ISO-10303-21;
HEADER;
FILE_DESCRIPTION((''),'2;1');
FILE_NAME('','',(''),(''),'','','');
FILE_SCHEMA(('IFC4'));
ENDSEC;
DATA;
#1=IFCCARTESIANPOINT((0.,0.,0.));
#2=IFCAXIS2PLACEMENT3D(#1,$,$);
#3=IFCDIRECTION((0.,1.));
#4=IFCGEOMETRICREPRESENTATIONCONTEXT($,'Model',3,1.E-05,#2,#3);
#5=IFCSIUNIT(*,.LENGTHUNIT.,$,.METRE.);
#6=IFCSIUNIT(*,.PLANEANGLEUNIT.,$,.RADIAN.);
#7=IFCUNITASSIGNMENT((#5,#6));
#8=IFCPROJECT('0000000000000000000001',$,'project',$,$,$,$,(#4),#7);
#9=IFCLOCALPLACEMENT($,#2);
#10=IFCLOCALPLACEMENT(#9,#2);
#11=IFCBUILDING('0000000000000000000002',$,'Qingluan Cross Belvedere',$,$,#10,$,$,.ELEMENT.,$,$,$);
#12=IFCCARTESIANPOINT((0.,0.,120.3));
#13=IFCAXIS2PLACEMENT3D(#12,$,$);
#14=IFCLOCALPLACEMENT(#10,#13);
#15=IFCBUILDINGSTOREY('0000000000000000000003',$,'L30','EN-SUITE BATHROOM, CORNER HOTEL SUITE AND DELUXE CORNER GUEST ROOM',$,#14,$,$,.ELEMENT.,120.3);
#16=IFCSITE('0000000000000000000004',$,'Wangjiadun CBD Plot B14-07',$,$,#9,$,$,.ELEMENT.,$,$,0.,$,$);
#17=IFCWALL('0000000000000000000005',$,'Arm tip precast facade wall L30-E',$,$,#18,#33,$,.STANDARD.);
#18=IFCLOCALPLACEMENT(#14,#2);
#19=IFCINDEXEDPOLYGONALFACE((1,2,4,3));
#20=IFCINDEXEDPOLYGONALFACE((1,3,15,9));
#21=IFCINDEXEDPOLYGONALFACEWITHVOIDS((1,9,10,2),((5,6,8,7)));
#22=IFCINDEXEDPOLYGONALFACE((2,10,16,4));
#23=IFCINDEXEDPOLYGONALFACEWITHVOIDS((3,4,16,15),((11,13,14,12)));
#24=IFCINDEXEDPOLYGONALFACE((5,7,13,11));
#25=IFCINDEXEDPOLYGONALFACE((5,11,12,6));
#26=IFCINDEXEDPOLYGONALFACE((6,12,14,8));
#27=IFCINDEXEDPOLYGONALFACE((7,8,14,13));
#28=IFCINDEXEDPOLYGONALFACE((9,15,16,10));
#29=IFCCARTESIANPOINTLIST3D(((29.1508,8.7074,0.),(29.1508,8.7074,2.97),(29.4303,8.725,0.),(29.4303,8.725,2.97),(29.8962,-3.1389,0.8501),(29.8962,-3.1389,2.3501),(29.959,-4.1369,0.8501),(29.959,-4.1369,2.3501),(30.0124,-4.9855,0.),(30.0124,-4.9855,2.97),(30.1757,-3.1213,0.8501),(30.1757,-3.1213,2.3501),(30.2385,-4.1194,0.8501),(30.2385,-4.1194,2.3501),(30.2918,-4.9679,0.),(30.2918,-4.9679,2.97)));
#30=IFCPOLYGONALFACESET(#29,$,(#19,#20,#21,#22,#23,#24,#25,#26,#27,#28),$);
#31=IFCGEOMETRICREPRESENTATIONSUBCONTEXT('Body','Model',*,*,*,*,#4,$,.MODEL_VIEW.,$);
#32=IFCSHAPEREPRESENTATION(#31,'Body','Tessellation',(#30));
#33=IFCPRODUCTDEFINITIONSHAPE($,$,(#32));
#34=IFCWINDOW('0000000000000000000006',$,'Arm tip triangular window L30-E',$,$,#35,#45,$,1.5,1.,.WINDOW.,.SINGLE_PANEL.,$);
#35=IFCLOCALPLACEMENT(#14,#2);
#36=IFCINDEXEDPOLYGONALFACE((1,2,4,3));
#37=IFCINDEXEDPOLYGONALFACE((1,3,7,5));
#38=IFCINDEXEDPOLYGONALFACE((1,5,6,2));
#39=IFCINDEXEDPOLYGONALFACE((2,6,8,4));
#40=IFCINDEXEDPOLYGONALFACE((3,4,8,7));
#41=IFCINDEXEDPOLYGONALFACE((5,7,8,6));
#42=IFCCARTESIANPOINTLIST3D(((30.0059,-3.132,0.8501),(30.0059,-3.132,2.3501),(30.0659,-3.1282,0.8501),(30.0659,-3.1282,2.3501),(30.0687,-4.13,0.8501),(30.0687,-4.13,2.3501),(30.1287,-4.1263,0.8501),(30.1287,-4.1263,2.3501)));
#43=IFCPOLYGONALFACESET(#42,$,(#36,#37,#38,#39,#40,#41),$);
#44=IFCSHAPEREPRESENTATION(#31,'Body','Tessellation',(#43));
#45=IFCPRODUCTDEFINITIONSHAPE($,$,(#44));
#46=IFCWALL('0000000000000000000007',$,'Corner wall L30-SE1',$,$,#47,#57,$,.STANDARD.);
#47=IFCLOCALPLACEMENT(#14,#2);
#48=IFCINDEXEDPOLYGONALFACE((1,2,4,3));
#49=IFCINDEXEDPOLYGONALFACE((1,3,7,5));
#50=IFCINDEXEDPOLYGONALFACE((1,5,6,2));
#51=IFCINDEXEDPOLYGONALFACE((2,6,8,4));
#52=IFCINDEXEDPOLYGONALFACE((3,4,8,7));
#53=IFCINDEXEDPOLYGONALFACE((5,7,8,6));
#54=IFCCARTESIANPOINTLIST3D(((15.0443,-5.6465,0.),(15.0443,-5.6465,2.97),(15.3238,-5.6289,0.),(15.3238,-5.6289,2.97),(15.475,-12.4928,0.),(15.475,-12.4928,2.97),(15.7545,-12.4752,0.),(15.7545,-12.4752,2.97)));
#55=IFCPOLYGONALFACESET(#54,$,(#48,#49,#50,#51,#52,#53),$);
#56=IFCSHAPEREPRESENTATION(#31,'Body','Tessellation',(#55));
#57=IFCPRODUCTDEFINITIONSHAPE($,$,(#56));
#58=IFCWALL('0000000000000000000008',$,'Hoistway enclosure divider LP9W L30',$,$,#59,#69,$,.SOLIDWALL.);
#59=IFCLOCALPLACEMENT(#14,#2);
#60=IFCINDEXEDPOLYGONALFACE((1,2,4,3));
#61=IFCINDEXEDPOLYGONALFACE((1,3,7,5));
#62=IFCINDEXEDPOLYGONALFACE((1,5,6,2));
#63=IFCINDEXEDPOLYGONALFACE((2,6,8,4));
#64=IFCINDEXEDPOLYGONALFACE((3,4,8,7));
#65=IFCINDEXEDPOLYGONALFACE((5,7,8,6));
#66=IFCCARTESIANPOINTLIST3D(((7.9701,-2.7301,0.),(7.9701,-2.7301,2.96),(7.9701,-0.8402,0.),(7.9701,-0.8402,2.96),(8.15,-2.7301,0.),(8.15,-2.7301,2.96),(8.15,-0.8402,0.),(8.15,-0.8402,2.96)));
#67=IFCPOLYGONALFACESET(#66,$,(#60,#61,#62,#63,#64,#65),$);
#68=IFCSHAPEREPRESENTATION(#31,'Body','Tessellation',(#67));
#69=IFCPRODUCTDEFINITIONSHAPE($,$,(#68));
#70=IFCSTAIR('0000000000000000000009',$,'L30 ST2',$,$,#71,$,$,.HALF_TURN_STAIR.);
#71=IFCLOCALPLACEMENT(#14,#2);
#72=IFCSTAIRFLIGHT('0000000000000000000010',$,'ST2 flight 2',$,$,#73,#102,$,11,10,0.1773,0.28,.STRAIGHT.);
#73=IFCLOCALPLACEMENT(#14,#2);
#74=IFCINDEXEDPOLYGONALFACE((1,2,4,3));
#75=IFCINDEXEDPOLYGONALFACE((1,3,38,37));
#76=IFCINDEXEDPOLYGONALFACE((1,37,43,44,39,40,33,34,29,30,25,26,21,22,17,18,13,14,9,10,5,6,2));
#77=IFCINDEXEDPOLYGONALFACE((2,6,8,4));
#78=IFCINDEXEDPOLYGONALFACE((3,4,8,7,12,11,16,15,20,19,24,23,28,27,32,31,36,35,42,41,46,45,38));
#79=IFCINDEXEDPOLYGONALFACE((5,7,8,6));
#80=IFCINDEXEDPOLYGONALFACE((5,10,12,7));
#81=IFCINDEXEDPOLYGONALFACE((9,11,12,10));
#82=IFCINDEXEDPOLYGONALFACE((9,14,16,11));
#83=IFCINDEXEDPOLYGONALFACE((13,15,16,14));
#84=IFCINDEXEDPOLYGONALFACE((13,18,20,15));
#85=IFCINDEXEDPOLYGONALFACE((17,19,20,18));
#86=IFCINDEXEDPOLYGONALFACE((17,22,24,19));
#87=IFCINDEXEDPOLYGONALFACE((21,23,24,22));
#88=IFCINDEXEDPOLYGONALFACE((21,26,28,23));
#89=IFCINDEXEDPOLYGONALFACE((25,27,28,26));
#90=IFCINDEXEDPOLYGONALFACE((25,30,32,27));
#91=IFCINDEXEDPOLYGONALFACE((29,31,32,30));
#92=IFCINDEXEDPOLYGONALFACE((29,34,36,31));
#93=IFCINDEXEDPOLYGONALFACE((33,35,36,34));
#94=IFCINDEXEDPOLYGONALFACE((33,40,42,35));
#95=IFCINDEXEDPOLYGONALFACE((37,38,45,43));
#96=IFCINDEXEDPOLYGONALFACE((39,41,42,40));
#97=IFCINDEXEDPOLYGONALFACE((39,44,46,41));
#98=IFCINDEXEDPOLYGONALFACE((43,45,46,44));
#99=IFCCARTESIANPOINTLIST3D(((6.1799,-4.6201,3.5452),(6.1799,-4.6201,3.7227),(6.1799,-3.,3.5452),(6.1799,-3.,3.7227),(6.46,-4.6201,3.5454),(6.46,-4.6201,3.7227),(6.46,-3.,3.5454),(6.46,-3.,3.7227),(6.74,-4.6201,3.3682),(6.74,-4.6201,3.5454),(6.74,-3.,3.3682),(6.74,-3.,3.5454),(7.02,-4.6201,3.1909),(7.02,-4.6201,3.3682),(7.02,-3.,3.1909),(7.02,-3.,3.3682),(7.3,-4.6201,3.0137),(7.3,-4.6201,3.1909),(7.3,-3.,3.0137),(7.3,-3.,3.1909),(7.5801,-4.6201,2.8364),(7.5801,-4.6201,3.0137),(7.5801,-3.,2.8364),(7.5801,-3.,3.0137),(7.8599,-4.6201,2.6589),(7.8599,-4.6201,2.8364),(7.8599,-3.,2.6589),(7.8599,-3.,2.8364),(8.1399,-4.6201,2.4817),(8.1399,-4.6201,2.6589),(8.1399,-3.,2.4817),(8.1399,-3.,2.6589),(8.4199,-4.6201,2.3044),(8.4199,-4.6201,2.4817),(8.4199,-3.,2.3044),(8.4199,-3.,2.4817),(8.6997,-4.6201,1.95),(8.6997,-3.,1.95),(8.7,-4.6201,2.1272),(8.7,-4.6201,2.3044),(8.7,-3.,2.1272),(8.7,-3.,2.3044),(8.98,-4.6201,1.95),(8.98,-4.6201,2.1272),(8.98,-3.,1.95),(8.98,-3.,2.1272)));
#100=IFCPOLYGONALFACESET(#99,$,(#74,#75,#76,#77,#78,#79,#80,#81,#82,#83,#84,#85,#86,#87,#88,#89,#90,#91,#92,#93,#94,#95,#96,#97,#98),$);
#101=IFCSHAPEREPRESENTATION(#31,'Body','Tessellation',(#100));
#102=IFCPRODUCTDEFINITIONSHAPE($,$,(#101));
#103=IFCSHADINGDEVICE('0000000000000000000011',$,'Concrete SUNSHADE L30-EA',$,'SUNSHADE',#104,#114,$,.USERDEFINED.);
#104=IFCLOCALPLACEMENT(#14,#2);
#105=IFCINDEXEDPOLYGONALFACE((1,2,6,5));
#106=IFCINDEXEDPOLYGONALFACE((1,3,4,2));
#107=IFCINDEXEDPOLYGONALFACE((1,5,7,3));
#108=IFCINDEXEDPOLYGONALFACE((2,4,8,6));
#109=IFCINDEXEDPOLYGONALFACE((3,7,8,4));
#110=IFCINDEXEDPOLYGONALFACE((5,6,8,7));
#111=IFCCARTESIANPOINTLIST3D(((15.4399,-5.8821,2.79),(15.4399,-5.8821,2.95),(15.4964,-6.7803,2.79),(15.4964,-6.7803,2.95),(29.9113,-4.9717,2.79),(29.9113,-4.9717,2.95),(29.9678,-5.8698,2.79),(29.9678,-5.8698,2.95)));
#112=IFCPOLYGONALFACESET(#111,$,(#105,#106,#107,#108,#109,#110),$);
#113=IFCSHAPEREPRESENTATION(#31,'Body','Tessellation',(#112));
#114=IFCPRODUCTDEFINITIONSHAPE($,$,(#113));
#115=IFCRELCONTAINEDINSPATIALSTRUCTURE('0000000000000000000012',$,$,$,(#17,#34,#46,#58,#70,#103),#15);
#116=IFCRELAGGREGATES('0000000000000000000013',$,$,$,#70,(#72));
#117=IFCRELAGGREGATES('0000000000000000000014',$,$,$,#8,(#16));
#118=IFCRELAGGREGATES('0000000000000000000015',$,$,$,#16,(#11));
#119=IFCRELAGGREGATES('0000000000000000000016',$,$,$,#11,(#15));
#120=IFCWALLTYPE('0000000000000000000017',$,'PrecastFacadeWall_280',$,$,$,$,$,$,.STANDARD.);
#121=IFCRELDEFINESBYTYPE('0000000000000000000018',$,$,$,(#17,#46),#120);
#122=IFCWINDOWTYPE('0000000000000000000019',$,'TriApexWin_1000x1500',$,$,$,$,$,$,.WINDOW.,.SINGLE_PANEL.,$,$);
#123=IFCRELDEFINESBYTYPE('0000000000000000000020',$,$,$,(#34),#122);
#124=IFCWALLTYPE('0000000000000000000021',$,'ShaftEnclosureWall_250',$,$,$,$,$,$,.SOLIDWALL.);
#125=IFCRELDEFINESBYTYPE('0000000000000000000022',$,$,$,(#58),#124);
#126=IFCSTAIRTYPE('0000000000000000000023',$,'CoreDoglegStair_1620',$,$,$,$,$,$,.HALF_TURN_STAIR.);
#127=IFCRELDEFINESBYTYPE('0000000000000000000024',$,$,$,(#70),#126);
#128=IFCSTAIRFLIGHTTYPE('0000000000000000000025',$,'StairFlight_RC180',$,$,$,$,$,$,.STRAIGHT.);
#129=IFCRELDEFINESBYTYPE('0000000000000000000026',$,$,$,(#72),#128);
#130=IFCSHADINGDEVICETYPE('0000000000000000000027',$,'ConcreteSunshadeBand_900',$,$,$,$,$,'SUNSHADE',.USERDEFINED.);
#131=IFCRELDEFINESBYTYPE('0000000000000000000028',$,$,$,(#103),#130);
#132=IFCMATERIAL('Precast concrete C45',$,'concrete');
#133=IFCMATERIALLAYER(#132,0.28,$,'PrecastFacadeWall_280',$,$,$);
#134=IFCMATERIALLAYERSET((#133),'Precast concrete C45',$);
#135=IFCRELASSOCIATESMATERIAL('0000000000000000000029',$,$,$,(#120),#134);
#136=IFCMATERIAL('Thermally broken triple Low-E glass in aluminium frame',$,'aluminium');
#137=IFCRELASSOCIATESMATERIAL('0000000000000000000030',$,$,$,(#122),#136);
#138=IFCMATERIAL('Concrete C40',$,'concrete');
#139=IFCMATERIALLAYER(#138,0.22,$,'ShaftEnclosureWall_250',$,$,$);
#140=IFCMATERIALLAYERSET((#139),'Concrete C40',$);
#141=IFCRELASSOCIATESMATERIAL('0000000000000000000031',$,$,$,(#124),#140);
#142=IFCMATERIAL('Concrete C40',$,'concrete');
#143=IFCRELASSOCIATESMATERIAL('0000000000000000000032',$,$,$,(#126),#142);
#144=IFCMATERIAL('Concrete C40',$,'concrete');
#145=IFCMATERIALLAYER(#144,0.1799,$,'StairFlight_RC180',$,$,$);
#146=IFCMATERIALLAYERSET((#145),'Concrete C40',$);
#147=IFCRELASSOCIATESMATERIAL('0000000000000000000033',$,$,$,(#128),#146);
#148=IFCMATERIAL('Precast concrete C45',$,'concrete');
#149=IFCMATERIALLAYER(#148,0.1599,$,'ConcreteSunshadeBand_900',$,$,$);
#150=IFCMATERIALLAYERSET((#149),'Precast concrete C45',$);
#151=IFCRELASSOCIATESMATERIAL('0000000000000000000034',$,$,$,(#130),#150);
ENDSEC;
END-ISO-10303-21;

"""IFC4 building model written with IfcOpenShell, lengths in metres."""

from ifc_helpers import new_model, si_unit, direction, frame, frame_2d, origin, origin_2d, place, context, subcontext, project, spatial, polyline, rectangle, outline, extrude, material, layer, layer_set, type_object, element, fill, aggregate, save


model = new_model("IFC4")

# Units and contexts
model_context = context("Model", 3, precision=1e-05, world=origin(), true_north=direction((0.0, 1.0)))
body_context = subcontext(model_context, "Body", "Model", "MODEL_VIEW")
ifc_project = project(units=[si_unit("LENGTHUNIT", "METRE"), si_unit("PLANEANGLEUNIT", "RADIAN")], contexts=[model_context])

# Site, building, storey
site_placement = place(None, origin())
site = spatial("IfcSite", under=ifc_project, at=site_placement, Name="Wangjiadun CBD Plot B14-07", CompositionType="ELEMENT", RefElevation=0.0)
building_placement = place(site_placement, origin())
building = spatial("IfcBuilding", under=site, at=building_placement, Name="Qingluan Cross Belvedere", CompositionType="ELEMENT")
storey_placement = place(building_placement, frame((0.0, 0.0, 120.3)))
storey = spatial("IfcBuildingStorey", under=building, at=storey_placement, Name="L30", Description="EN-SUITE BATHROOM, CORNER HOTEL SUITE AND DELUXE CORNER GUEST ROOM", CompositionType="ELEMENT", Elevation=120.3)

# Shared definitions
ifc_material_1 = material(Name="Precast concrete C45", Category="concrete")
ifc_layer_1 = layer(ifc_material_1, 0.28, Name="PrecastFacadeWall_280")
ifc_layer_set_1 = layer_set([ifc_layer_1], Name="Precast concrete C45")
wall_type_1 = type_object("IfcWallType", Name="PrecastFacadeWall_280", PredefinedType="STANDARD", material=ifc_layer_set_1)

# Wall, opening, window
wall_1_placement = place(storey_placement, frame((30.1521, -4.9766, 0.0), z_axis=(0.0, 0.0, 1.0), x_axis=(-0.062797, 0.998026, 0.0)))
wall_1 = element("IfcWall", 1, at=wall_1_placement, inside=storey, type_object=wall_type_1, Name="Arm tip precast facade wall L30-E", PredefinedType="STANDARD", context=body_context, shape_type="SweptSolid", body=[
    extrude(rectangle(XDim=13.72, YDim=0.28, at=frame_2d((6.8599, 0.0))), origin(), (0.0, 0.0, 1.0), 2.97),
])
opening_1_placement = place(wall_1_placement, frame((0.8501, 0.0, 0.8501)))
opening_1 = element("IfcOpeningElement", 2, at=opening_1_placement, cuts=wall_1, PredefinedType="OPENING", context=body_context, shape_type="SweptSolid", body=[
    extrude(rectangle(XDim=1.0, YDim=1.5, at=frame_2d((0.5, 0.75))), frame((0.0, 0.1499, 0.0), z_axis=(0.0, -1.0, 0.0), x_axis=(1.0, 0.0, 0.0)), (0.0, 0.0, 1.0), 0.3),
])
ifc_material_2 = material(Name="Thermally broken triple Low-E glass in aluminium frame", Category="aluminium")
window_type_1 = type_object("IfcWindowType", Name="TriApexWin_1000x1500", PartitioningType="SINGLE_PANEL", PredefinedType="WINDOW", material=ifc_material_2)
window_1_placement = place(opening_1_placement, origin())
window_1 = element("IfcWindow", 3, at=window_1_placement, inside=storey, type_object=window_type_1, Name="Arm tip triangular window L30-E", OverallHeight=1.5, OverallWidth=1.0, PartitioningType="SINGLE_PANEL", PredefinedType="WINDOW", context=body_context, shape_type="SweptSolid", body=[
    extrude(rectangle(XDim=1.0, YDim=1.5, at=frame_2d((0.5, 0.75))), frame((0.0, 0.03, 0.0), z_axis=(0.0, -1.0, 0.0), x_axis=(1.0, 0.0, 0.0)), (0.0, 0.0, 1.0), 0.0601),
])
fill(opening_1, window_1)

# Walls
wall_2_placement = place(storey_placement, frame((15.1841, -5.6377, 0.0), z_axis=(0.0, 0.0, 1.0), x_axis=(0.062779, -0.998027, 0.0)))
element("IfcWall", 4, at=wall_2_placement, inside=storey, type_object=wall_type_1, Name="Corner wall L30-SE1", PredefinedType="STANDARD", context=body_context, shape_type="SweptSolid", body=[
    extrude(rectangle(XDim=6.8599, YDim=0.28, at=frame_2d((3.4299, 0.0))), origin(), (0.0, 0.0, 1.0), 2.97),
])
ifc_material_3 = material(Name="Concrete C40", Category="concrete")
ifc_layer_2 = layer(ifc_material_3, 0.22, Name="ShaftEnclosureWall_250")
ifc_layer_set_2 = layer_set([ifc_layer_2], Name="Concrete C40")
wall_type_2 = type_object("IfcWallType", Name="ShaftEnclosureWall_250", PredefinedType="SOLIDWALL", material=ifc_layer_set_2)
wall_3_placement = place(storey_placement, frame((8.0601, -2.73, 0.0), z_axis=(0.0, 0.0, 1.0), x_axis=(0.0, 1.0, 0.0)))
element("IfcWall", 5, at=wall_3_placement, inside=storey, type_object=wall_type_2, Name="Hoistway enclosure divider LP9W L30", PredefinedType="SOLIDWALL", context=body_context, shape_type="SweptSolid", body=[
    extrude(rectangle(XDim=1.8899, YDim=0.1799, at=frame_2d((0.9448, 0.0))), origin(), (0.0, 0.0, 1.0), 2.96),
])

# Stair, stair flight
ifc_material_4 = material(Name="Concrete C40", Category="concrete")
stair_type = type_object("IfcStairType", Name="CoreDoglegStair_1620", PredefinedType="HALF_TURN_STAIR", material=ifc_material_4)
stair_placement = place(storey_placement, origin())
stair = element("IfcStair", 6, at=stair_placement, inside=storey, type_object=stair_type, Name="L30 ST2", PredefinedType="HALF_TURN_STAIR")
ifc_material_5 = material(Name="Concrete C40", Category="concrete")
ifc_layer_3 = layer(ifc_material_5, 0.1799, Name="StairFlight_RC180")
ifc_layer_set_3 = layer_set([ifc_layer_3], Name="Concrete C40")
stair_flight_type = type_object("IfcStairFlightType", Name="StairFlight_RC180", PredefinedType="STRAIGHT", material=ifc_layer_set_3)
stair_flight_placement = place(storey_placement, frame((8.98, -3.8101, 1.95), z_axis=(0.0, 0.0, 1.0), x_axis=(-1.0, 0.0, 0.0)))
stair_flight = element("IfcStairFlight", 7, at=stair_flight_placement, type_object=stair_flight_type, Name="ST2 flight 2", NumberOfRisers=11, NumberOfTreads=10, PredefinedType="STRAIGHT", RiserHeight=0.1773, TreadLength=0.28, context=body_context, shape_type="SweptSolid", body=[
    extrude(outline(polyline([(0.0, 0.0), (0.0, 0.1772), (0.28, 0.1772), (0.28, 0.3545), (0.5601, 0.3545), (0.5601, 0.5317), (0.8401, 0.5317), (0.8401, 0.709), (1.1201, 0.709), (1.1201, 0.8865), (1.3999, 0.8865), (1.3999, 1.0637), (1.6799, 1.0637), (1.6799, 1.241), (1.96, 1.241), (1.96, 1.4182), (2.24, 1.4182), (2.24, 1.5955), (2.52, 1.5955), (2.52, 1.7727), (2.8, 1.7727), (2.8, 1.95), (2.8, 1.5952), (0.2803, 0.0), (0.0, 0.0)])), frame((0.0, 0.8101, 0.0), z_axis=(0.0, -1.0, 0.0), x_axis=(1.0, 0.0, 0.0)), (0.0, 0.0, 1.0), 1.6201),
])
aggregate(stair, [stair_flight])

# Shading device
ifc_material_6 = material(Name="Precast concrete C45", Category="concrete")
ifc_layer_4 = layer(ifc_material_6, 0.1599, Name="ConcreteSunshadeBand_900")
ifc_layer_set_4 = layer_set([ifc_layer_4], Name="Precast concrete C45")
shading_device_type = type_object("IfcShadingDeviceType", Name="ConcreteSunshadeBand_900", ElementType="SUNSHADE", PredefinedType="USERDEFINED", material=ifc_layer_set_4)
shading_device_placement = place(storey_placement, frame((22.7039, -5.876, 2.79), z_axis=(0.0, 0.0, 1.0), x_axis=(0.998027, 0.062789, 0.0)))
element("IfcShadingDevice", 8, at=shading_device_placement, inside=storey, type_object=shading_device_type, Name="Concrete SUNSHADE L30-EA", ObjectType="SUNSHADE", PredefinedType="USERDEFINED", context=body_context, shape_type="SweptSolid", body=[
    extrude(rectangle(XDim=14.5, YDim=0.8999, at=origin_2d()), origin(), (0.0, 0.0, 1.0), 0.1599),
])

save(model, "model.ifc")
